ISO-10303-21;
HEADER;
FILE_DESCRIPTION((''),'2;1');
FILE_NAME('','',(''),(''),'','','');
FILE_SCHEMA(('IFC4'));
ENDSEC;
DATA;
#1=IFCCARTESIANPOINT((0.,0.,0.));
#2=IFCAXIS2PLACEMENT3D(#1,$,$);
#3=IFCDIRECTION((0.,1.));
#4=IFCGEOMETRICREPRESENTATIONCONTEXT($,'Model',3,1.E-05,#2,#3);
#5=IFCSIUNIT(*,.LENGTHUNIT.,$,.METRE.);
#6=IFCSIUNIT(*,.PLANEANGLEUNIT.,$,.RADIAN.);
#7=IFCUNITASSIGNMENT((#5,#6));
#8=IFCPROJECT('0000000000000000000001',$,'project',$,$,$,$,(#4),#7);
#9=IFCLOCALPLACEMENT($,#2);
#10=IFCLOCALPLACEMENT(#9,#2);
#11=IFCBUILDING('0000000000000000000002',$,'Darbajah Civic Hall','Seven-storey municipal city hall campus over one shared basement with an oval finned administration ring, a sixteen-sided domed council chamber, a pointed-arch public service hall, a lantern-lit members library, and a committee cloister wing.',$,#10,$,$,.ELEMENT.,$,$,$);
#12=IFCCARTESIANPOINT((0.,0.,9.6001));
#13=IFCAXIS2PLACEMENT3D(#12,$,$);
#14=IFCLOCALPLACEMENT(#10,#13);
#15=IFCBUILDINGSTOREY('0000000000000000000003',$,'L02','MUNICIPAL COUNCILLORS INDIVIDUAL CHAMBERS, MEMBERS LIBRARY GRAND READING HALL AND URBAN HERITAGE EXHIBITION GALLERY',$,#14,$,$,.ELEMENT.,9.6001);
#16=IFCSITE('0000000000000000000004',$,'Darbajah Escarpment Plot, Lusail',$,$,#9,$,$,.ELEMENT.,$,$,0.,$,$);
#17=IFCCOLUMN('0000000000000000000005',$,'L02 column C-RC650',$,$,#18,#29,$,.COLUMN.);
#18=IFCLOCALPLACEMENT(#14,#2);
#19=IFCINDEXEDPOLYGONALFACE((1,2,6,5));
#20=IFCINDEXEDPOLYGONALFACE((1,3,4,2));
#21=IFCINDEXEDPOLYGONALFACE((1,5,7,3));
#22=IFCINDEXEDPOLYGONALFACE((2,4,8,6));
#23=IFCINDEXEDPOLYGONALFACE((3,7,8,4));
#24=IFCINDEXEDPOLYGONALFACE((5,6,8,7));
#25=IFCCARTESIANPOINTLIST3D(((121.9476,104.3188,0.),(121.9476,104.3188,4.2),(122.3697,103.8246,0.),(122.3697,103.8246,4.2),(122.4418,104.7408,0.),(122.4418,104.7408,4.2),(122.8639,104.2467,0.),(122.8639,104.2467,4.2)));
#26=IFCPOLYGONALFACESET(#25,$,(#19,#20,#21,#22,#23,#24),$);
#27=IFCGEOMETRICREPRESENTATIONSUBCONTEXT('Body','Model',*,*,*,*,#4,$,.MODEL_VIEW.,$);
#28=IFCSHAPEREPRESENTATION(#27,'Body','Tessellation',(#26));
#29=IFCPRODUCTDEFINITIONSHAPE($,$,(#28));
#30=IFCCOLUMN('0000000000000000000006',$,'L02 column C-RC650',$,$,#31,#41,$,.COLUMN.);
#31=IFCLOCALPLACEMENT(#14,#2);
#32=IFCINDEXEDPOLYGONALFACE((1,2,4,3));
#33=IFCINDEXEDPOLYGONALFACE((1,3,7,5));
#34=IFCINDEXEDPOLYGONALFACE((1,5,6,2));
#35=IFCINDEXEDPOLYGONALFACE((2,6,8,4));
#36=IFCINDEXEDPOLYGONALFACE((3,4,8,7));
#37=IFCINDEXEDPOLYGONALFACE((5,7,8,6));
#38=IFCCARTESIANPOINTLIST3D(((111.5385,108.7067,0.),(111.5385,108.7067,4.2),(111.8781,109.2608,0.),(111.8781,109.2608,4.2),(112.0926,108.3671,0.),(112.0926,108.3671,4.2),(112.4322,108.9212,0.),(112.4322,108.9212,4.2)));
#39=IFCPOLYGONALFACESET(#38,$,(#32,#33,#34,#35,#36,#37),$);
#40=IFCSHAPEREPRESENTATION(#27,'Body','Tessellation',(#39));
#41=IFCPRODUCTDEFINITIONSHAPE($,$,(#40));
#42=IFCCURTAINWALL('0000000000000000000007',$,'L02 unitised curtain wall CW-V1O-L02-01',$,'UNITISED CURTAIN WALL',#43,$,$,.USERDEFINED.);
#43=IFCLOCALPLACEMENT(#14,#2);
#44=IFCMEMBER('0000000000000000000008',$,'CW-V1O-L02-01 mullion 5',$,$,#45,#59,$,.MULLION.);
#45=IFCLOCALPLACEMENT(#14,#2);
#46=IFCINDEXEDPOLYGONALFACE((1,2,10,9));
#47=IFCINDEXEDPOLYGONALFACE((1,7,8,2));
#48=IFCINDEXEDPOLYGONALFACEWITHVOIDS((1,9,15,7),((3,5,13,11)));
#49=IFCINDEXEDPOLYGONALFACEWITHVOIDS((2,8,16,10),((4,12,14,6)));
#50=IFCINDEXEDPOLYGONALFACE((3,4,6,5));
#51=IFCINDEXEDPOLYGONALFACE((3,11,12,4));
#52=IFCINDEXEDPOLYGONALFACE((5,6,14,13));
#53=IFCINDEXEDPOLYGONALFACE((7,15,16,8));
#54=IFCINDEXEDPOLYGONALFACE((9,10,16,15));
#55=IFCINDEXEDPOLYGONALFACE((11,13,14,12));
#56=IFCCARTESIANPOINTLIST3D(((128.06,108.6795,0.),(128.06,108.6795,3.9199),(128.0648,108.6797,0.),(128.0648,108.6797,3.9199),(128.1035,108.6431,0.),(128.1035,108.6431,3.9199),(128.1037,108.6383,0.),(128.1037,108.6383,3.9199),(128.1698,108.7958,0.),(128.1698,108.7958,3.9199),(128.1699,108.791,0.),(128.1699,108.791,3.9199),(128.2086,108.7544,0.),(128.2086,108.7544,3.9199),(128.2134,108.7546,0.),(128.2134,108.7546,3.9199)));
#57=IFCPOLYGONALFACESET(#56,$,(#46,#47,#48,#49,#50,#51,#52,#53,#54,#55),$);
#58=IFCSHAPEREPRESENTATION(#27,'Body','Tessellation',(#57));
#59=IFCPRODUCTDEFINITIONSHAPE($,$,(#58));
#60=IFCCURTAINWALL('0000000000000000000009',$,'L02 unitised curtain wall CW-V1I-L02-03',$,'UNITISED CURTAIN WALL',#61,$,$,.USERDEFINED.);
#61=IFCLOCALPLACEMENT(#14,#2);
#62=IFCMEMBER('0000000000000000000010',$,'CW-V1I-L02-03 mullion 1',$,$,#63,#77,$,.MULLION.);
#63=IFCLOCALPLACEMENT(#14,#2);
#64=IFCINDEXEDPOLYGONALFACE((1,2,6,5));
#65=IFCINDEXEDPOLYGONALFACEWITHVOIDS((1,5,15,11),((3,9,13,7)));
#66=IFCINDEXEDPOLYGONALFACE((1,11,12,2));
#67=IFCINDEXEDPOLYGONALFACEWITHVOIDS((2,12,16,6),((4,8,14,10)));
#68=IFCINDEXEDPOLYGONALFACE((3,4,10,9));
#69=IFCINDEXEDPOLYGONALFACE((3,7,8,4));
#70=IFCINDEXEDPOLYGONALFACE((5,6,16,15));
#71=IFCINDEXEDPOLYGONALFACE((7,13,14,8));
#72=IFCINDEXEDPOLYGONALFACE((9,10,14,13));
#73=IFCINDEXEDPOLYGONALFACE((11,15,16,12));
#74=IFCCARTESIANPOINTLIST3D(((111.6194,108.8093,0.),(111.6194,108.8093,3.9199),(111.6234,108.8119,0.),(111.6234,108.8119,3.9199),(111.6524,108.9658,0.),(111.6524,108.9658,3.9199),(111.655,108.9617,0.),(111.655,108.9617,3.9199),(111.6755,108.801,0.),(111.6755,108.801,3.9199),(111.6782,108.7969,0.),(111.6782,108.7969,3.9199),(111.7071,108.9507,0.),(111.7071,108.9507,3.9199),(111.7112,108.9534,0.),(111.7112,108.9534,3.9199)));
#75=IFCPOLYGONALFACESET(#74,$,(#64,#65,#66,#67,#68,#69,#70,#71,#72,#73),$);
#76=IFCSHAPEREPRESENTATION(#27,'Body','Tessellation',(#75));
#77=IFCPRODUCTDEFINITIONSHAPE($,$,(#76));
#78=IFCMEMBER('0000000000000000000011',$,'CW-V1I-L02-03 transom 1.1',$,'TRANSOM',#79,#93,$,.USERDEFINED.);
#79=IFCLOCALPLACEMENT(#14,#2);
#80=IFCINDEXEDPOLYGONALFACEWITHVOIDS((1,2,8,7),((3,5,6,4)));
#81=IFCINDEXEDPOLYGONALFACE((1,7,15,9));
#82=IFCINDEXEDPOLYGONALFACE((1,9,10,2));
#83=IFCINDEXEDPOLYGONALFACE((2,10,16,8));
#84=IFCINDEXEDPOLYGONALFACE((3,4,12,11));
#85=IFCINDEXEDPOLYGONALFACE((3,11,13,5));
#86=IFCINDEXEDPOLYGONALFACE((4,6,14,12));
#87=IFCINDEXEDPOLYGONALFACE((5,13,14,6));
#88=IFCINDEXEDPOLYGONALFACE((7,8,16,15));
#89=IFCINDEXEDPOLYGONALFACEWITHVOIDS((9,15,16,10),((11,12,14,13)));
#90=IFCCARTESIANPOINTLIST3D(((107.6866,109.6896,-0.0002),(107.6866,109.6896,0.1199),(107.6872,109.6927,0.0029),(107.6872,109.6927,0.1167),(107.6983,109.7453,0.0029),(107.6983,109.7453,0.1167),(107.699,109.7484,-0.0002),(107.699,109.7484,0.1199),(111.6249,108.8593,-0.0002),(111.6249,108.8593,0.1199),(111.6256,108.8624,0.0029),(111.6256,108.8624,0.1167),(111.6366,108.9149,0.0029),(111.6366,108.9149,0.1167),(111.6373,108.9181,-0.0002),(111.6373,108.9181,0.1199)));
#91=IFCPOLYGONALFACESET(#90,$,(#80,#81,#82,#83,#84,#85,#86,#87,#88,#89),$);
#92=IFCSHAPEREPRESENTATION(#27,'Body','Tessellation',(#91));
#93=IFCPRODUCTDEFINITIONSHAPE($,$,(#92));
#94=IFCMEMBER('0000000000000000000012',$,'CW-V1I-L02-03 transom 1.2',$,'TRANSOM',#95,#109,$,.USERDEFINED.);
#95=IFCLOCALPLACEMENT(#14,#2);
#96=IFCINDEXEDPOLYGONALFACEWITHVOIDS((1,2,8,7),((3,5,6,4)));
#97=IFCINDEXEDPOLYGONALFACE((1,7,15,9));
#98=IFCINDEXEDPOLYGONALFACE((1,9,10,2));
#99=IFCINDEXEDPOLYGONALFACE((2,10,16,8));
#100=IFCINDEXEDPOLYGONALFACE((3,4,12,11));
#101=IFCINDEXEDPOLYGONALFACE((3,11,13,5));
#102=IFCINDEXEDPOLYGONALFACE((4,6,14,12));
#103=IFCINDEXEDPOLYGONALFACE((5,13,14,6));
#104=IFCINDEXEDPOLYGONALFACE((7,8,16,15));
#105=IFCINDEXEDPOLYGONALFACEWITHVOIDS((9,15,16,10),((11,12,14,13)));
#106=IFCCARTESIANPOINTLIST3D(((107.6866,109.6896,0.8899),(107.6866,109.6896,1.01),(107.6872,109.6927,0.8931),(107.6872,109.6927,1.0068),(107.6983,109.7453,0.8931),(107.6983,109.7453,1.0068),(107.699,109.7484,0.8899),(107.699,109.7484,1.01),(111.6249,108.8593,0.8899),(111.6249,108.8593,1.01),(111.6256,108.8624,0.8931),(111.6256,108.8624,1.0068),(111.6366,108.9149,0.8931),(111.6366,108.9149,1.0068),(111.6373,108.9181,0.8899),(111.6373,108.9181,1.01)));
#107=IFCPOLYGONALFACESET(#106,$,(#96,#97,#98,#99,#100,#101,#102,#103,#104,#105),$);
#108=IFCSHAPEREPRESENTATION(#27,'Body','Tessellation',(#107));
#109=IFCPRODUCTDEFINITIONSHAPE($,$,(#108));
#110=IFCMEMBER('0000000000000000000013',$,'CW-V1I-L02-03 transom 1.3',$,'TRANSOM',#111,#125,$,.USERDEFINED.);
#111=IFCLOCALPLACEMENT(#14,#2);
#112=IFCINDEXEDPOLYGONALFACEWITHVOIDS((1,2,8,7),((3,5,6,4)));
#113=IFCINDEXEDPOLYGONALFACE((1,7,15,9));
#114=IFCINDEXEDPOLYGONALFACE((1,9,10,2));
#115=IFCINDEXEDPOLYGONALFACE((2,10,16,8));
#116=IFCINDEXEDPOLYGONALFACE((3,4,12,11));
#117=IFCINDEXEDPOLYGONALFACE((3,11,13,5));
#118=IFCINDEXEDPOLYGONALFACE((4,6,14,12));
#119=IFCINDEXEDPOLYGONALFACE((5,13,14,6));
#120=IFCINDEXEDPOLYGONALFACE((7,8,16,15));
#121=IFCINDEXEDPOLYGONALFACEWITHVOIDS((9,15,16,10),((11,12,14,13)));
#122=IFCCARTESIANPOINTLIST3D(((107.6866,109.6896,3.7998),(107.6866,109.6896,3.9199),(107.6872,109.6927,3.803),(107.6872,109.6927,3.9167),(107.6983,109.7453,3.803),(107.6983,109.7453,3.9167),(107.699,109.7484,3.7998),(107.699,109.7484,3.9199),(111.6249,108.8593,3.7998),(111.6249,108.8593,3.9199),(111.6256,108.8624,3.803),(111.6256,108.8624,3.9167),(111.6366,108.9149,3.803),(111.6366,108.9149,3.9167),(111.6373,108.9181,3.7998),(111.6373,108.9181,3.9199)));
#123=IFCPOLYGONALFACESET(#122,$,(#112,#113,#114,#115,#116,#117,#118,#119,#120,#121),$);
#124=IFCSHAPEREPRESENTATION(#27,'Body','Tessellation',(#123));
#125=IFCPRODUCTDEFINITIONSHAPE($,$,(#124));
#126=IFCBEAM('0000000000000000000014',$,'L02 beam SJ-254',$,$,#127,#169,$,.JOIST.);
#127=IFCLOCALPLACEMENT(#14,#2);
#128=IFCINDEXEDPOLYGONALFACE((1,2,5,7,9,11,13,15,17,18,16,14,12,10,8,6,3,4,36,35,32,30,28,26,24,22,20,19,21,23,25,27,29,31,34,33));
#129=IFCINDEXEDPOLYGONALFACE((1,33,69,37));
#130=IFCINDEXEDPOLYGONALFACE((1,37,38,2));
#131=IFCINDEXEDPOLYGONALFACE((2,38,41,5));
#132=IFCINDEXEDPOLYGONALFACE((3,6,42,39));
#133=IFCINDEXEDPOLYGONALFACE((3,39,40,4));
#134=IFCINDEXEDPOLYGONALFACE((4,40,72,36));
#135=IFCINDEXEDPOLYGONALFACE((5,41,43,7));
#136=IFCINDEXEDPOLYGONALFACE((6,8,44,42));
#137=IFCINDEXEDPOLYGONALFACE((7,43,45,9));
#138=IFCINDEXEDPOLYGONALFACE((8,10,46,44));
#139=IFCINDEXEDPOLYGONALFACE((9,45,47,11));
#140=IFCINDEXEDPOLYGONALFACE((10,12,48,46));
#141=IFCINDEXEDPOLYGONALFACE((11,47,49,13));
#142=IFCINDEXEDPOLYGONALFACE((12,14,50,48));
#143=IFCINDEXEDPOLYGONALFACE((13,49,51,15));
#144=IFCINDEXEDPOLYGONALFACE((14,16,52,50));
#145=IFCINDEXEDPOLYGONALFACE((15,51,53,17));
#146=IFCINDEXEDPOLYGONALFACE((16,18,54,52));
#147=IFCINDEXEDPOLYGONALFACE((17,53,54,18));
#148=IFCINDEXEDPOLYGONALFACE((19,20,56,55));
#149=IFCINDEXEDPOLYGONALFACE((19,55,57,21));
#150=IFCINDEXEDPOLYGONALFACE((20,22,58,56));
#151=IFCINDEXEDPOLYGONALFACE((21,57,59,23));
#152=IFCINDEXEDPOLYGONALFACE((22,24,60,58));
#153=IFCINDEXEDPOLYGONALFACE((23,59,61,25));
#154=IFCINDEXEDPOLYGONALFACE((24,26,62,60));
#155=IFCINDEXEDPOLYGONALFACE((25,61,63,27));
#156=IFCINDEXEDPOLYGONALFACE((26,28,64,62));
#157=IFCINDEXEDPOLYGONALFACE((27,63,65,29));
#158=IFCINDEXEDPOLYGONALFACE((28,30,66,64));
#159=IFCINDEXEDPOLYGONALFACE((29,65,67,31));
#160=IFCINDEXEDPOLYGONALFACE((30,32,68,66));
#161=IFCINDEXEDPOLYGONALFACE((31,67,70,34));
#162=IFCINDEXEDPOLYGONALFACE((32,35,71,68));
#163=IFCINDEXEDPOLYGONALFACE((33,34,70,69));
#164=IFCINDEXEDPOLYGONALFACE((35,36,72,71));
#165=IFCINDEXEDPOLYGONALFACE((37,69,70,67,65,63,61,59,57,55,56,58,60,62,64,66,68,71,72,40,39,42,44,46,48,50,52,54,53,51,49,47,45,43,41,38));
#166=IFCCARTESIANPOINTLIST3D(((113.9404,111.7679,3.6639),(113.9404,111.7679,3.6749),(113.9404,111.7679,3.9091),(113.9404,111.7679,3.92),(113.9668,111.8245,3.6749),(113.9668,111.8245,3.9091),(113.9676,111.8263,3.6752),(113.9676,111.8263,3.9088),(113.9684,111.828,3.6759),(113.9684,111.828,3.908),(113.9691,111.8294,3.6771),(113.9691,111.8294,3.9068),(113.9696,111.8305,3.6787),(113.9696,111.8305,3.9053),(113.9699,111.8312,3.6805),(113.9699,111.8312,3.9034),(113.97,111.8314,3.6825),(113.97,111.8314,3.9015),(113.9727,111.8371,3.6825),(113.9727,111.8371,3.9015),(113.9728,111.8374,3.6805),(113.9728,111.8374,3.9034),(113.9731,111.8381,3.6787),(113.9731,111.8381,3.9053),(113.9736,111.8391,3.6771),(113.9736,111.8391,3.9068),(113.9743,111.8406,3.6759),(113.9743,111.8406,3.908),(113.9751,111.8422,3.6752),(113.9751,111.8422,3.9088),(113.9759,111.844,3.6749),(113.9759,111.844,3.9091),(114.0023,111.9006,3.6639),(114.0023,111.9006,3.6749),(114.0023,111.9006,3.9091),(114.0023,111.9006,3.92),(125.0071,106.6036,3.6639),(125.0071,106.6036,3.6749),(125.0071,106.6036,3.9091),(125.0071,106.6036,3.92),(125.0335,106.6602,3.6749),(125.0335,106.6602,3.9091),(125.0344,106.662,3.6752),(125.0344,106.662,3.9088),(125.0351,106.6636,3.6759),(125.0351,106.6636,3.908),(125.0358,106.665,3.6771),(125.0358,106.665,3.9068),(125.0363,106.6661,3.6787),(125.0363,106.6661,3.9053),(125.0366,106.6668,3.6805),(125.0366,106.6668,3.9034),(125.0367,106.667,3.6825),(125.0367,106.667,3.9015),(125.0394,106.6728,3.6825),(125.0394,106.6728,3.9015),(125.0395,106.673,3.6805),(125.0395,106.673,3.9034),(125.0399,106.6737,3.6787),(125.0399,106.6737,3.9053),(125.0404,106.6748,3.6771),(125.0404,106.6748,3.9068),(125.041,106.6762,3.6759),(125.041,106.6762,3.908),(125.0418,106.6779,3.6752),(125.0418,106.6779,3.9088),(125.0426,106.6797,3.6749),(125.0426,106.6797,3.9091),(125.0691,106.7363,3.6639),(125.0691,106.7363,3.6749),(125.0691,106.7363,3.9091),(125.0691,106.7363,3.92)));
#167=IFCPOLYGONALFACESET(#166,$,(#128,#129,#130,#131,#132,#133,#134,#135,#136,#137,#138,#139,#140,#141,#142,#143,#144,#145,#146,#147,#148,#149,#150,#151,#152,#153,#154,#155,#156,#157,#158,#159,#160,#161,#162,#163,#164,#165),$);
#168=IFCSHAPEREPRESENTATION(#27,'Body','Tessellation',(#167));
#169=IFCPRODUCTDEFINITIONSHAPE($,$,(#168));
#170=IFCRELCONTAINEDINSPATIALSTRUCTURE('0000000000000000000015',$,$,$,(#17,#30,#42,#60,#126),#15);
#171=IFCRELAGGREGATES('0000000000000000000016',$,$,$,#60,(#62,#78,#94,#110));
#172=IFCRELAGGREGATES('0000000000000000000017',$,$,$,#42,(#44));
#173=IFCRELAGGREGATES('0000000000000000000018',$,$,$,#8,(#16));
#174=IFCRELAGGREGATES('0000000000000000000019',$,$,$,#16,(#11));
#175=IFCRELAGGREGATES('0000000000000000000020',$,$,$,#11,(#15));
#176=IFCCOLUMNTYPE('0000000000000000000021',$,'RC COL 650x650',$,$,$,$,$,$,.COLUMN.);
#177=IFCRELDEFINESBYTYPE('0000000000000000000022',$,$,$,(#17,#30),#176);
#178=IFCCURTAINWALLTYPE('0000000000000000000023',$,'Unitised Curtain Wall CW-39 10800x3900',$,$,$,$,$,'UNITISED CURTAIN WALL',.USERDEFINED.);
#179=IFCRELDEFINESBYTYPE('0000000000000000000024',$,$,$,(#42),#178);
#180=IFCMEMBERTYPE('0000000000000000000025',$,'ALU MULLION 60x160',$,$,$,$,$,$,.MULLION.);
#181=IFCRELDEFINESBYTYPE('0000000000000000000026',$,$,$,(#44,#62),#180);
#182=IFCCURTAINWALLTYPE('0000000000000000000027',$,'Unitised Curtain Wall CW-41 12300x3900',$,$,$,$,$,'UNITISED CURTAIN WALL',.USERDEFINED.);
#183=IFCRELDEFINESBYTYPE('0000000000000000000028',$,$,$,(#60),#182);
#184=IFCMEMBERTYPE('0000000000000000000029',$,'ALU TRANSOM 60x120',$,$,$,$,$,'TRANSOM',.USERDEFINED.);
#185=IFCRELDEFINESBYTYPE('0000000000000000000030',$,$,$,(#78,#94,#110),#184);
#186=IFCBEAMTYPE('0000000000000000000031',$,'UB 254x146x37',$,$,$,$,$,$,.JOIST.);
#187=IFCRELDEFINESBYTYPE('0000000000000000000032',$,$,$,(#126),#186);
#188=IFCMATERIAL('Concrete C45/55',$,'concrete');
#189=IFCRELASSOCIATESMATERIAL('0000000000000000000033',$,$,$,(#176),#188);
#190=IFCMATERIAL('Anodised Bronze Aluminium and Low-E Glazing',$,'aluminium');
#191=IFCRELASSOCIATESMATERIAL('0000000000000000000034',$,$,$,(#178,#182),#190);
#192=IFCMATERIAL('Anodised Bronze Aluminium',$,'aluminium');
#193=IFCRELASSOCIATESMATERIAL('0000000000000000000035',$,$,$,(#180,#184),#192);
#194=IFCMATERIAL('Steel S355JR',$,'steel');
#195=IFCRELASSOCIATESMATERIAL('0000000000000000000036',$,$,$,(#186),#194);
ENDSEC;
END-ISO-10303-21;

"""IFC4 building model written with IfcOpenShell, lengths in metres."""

from ifc_helpers import new_model, si_unit, direction, frame, origin, origin_2d, place, context, subcontext, project, spatial, rectangle, hollow_rectangle, i_section, extrude, material, material_profile, profile_set, type_object, element, aggregate, save


model = new_model("IFC4")

# Units and contexts
model_context = context("Model", 3, precision=1e-05, world=origin(), true_north=direction((0.0, 1.0)))
body_context = subcontext(model_context, "Body", "Model", "MODEL_VIEW")
ifc_project = project(units=[si_unit("LENGTHUNIT", "METRE"), si_unit("PLANEANGLEUNIT", "RADIAN")], contexts=[model_context])

# Site, building, storey
site_placement = place(None, origin())
site = spatial("IfcSite", under=ifc_project, at=site_placement, Name="Darbajah Escarpment Plot, Lusail", CompositionType="ELEMENT", RefElevation=0.0)
building_placement = place(site_placement, origin())
building = spatial("IfcBuilding", under=site, at=building_placement, Name="Darbajah Civic Hall", Description="Seven-storey municipal city hall campus over one shared basement with an oval finned administration ring, a sixteen-sided domed council chamber, a pointed-arch public service hall, a lantern-lit members library, and a committee cloister wing.", CompositionType="ELEMENT")
storey_placement = place(building_placement, frame((0.0, 0.0, 9.6001)))
storey = spatial("IfcBuildingStorey", under=building, at=storey_placement, Name="L02", Description="MUNICIPAL COUNCILLORS INDIVIDUAL CHAMBERS, MEMBERS LIBRARY GRAND READING HALL AND URBAN HERITAGE EXHIBITION GALLERY", CompositionType="ELEMENT", Elevation=9.6001)

# Columns
ifc_material_1 = material(Name="Concrete C45/55", Category="concrete")
ifc_material_profile_1 = material_profile(ifc_material_1, rectangle(XDim=0.6499, YDim=0.6499, at=origin_2d()), Name="RC COL 650x650")
ifc_profile_set_1 = profile_set([ifc_material_profile_1], Name="Concrete C45/55")
column_type = type_object("IfcColumnType", Name="RC COL 650x650", PredefinedType="COLUMN", material=ifc_profile_set_1)
for number, where, z_axis, x_axis, name in (
    (1, (122.4058, 104.2827, 0.0), (0.0, 0.0, 1.0), (0.760406, 0.649448, 0.0), "L02 column C-RC650"),
    (2, (111.9854, 108.814, 0.0), (0.0, 0.0, 1.0), (0.522499, 0.85264, 0.0), "L02 column C-RC650"),
):
    element("IfcColumn", number, at=place(storey_placement, frame(where, z_axis=z_axis, x_axis=x_axis)), inside=storey, type_object=column_type, Name=name, PredefinedType="COLUMN", context=body_context, shape_type="SweptSolid", body=[
        extrude(rectangle(XDim=0.6499, YDim=0.6499, at=origin_2d()), origin(), (0.0, 0.0, 1.0), 4.2),
    ])

# Curtain wall, member
ifc_material_2 = material(Name="Anodised Bronze Aluminium and Low-E Glazing", Category="aluminium")
curtain_wall_type_1 = type_object("IfcCurtainWallType", Name="Unitised Curtain Wall CW-39 10800x3900", ElementType="UNITISED CURTAIN WALL", PredefinedType="USERDEFINED", material=ifc_material_2)
curtain_wall_1_placement = place(storey_placement, origin())
curtain_wall_1 = element("IfcCurtainWall", 3, at=curtain_wall_1_placement, inside=storey, type_object=curtain_wall_type_1, Name="L02 unitised curtain wall CW-V1O-L02-01", ObjectType="UNITISED CURTAIN WALL", PredefinedType="USERDEFINED")
ifc_material_3 = material(Name="Anodised Bronze Aluminium", Category="aluminium")
ifc_material_profile_2 = material_profile(ifc_material_3, hollow_rectangle(XDim=0.0601, YDim=0.1599, WallThickness=0.0034, at=origin_2d()), Name="ALU MULLION 60x160")
ifc_profile_set_2 = profile_set([ifc_material_profile_2], Name="Anodised Bronze Aluminium")
member_type_1 = type_object("IfcMemberType", Name="ALU MULLION 60x160", PredefinedType="MULLION", material=ifc_profile_set_2)
member_1_placement = place(storey_placement, frame((128.1367, 108.717, 0.0), z_axis=(0.0, 0.0, 1.0), x_axis=(-0.727174, 0.686453, 0.0)))
member_1 = element("IfcMember", 4, at=member_1_placement, type_object=member_type_1, Name="CW-V1O-L02-01 mullion 5", PredefinedType="MULLION", context=body_context, shape_type="SweptSolid", body=[
    extrude(hollow_rectangle(XDim=0.0601, YDim=0.1599, WallThickness=0.0034, at=origin_2d()), origin(), (0.0, 0.0, 1.0), 3.9199),
])

# Curtain wall, members
curtain_wall_type_2 = type_object("IfcCurtainWallType", Name="Unitised Curtain Wall CW-41 12300x3900", ElementType="UNITISED CURTAIN WALL", PredefinedType="USERDEFINED", material=ifc_material_2)
curtain_wall_2_placement = place(storey_placement, origin())
curtain_wall_2 = element("IfcCurtainWall", 5, at=curtain_wall_2_placement, inside=storey, type_object=curtain_wall_type_2, Name="L02 unitised curtain wall CW-V1I-L02-03", ObjectType="UNITISED CURTAIN WALL", PredefinedType="USERDEFINED")
member_2_placement = place(storey_placement, frame((111.6653, 108.8813, 0.0), z_axis=(0.0, 0.0, 1.0), x_axis=(-0.978473, 0.206375, 0.0)))
member_2 = element("IfcMember", 6, at=member_2_placement, type_object=member_type_1, Name="CW-V1I-L02-03 mullion 1", PredefinedType="MULLION", context=body_context, shape_type="SweptSolid", body=[
    extrude(hollow_rectangle(XDim=0.0601, YDim=0.1599, WallThickness=0.0034, at=origin_2d()), origin(), (0.0, 0.0, 1.0), 3.9199),
])
ifc_material_profile_3 = material_profile(ifc_material_3, hollow_rectangle(XDim=0.0601, YDim=0.1201, WallThickness=0.0032, at=origin_2d()), Name="ALU TRANSOM 60x120")
ifc_profile_set_3 = profile_set([ifc_material_profile_3], Name="Anodised Bronze Aluminium")
member_type_2 = type_object("IfcMemberType", Name="ALU TRANSOM 60x120", ElementType="TRANSOM", PredefinedType="USERDEFINED", material=ifc_profile_set_3)
member_3_placement = place(storey_placement, frame((111.6311, 108.8887, 0.0598), z_axis=(-0.978489, 0.206301, 0.0), x_axis=(-0.206301, -0.978489, 0.0)))
member_3 = element("IfcMember", 7, at=member_3_placement, type_object=member_type_2, Name="CW-V1I-L02-03 transom 1.1", ObjectType="TRANSOM", PredefinedType="USERDEFINED", context=body_context, shape_type="SweptSolid", body=[
    extrude(hollow_rectangle(XDim=0.0601, YDim=0.1201, WallThickness=0.0032, at=origin_2d()), origin(), (0.0, 0.0, 1.0), 4.0249),
])
member_4_placement = place(storey_placement, frame((111.6311, 108.8887, 0.95), z_axis=(-0.978489, 0.206301, 0.0), x_axis=(-0.206301, -0.978489, 0.0)))
member_4 = element("IfcMember", 8, at=member_4_placement, type_object=member_type_2, Name="CW-V1I-L02-03 transom 1.2", ObjectType="TRANSOM", PredefinedType="USERDEFINED", context=body_context, shape_type="SweptSolid", body=[
    extrude(hollow_rectangle(XDim=0.0601, YDim=0.1201, WallThickness=0.0032, at=origin_2d()), origin(), (0.0, 0.0, 1.0), 4.0249),
])
member_5_placement = place(storey_placement, frame((111.6311, 108.8887, 3.8599), z_axis=(-0.978489, 0.206301, 0.0), x_axis=(-0.206301, -0.978489, 0.0)))
member_5 = element("IfcMember", 9, at=member_5_placement, type_object=member_type_2, Name="CW-V1I-L02-03 transom 1.3", ObjectType="TRANSOM", PredefinedType="USERDEFINED", context=body_context, shape_type="SweptSolid", body=[
    extrude(hollow_rectangle(XDim=0.0601, YDim=0.1201, WallThickness=0.0032, at=origin_2d()), origin(), (0.0, 0.0, 1.0), 4.0249),
])
aggregate(curtain_wall_2, [member_2, member_3, member_4, member_5])

# Beam
ifc_material_4 = material(Name="Steel S355JR", Category="steel")
ifc_material_profile_4 = material_profile(ifc_material_4, i_section(OverallWidth=0.1465, OverallDepth=0.2561, WebThickness=0.0063, FlangeThickness=0.011, FilletRadius=0.0076, at=origin_2d()), Name="UB 254x146x37")
ifc_profile_set_4 = profile_set([ifc_material_profile_4], Name="Steel S355JR")
beam_type_1 = type_object("IfcBeamType", Name="UB 254x146x37", PredefinedType="JOIST", material=ifc_profile_set_4)
beam_1_placement = place(storey_placement, frame((125.0381, 106.6699, 3.792), z_axis=(-0.906187, 0.422877, 0.0), x_axis=(-0.422877, -0.906187, 0.0)))
element("IfcBeam", 10, at=beam_1_placement, inside=storey, type_object=beam_type_1, Name="L02 beam SJ-254", PredefinedType="JOIST", context=body_context, shape_type="SweptSolid", body=[
    extrude(i_section(OverallWidth=0.1465, OverallDepth=0.2561, WebThickness=0.0063, FlangeThickness=0.011, FilletRadius=0.0076, at=origin_2d()), origin(), (0.0, 0.0, 1.0), 12.2124),
])

aggregate(curtain_wall_1, [member_1])

save(model, "model.ifc")
